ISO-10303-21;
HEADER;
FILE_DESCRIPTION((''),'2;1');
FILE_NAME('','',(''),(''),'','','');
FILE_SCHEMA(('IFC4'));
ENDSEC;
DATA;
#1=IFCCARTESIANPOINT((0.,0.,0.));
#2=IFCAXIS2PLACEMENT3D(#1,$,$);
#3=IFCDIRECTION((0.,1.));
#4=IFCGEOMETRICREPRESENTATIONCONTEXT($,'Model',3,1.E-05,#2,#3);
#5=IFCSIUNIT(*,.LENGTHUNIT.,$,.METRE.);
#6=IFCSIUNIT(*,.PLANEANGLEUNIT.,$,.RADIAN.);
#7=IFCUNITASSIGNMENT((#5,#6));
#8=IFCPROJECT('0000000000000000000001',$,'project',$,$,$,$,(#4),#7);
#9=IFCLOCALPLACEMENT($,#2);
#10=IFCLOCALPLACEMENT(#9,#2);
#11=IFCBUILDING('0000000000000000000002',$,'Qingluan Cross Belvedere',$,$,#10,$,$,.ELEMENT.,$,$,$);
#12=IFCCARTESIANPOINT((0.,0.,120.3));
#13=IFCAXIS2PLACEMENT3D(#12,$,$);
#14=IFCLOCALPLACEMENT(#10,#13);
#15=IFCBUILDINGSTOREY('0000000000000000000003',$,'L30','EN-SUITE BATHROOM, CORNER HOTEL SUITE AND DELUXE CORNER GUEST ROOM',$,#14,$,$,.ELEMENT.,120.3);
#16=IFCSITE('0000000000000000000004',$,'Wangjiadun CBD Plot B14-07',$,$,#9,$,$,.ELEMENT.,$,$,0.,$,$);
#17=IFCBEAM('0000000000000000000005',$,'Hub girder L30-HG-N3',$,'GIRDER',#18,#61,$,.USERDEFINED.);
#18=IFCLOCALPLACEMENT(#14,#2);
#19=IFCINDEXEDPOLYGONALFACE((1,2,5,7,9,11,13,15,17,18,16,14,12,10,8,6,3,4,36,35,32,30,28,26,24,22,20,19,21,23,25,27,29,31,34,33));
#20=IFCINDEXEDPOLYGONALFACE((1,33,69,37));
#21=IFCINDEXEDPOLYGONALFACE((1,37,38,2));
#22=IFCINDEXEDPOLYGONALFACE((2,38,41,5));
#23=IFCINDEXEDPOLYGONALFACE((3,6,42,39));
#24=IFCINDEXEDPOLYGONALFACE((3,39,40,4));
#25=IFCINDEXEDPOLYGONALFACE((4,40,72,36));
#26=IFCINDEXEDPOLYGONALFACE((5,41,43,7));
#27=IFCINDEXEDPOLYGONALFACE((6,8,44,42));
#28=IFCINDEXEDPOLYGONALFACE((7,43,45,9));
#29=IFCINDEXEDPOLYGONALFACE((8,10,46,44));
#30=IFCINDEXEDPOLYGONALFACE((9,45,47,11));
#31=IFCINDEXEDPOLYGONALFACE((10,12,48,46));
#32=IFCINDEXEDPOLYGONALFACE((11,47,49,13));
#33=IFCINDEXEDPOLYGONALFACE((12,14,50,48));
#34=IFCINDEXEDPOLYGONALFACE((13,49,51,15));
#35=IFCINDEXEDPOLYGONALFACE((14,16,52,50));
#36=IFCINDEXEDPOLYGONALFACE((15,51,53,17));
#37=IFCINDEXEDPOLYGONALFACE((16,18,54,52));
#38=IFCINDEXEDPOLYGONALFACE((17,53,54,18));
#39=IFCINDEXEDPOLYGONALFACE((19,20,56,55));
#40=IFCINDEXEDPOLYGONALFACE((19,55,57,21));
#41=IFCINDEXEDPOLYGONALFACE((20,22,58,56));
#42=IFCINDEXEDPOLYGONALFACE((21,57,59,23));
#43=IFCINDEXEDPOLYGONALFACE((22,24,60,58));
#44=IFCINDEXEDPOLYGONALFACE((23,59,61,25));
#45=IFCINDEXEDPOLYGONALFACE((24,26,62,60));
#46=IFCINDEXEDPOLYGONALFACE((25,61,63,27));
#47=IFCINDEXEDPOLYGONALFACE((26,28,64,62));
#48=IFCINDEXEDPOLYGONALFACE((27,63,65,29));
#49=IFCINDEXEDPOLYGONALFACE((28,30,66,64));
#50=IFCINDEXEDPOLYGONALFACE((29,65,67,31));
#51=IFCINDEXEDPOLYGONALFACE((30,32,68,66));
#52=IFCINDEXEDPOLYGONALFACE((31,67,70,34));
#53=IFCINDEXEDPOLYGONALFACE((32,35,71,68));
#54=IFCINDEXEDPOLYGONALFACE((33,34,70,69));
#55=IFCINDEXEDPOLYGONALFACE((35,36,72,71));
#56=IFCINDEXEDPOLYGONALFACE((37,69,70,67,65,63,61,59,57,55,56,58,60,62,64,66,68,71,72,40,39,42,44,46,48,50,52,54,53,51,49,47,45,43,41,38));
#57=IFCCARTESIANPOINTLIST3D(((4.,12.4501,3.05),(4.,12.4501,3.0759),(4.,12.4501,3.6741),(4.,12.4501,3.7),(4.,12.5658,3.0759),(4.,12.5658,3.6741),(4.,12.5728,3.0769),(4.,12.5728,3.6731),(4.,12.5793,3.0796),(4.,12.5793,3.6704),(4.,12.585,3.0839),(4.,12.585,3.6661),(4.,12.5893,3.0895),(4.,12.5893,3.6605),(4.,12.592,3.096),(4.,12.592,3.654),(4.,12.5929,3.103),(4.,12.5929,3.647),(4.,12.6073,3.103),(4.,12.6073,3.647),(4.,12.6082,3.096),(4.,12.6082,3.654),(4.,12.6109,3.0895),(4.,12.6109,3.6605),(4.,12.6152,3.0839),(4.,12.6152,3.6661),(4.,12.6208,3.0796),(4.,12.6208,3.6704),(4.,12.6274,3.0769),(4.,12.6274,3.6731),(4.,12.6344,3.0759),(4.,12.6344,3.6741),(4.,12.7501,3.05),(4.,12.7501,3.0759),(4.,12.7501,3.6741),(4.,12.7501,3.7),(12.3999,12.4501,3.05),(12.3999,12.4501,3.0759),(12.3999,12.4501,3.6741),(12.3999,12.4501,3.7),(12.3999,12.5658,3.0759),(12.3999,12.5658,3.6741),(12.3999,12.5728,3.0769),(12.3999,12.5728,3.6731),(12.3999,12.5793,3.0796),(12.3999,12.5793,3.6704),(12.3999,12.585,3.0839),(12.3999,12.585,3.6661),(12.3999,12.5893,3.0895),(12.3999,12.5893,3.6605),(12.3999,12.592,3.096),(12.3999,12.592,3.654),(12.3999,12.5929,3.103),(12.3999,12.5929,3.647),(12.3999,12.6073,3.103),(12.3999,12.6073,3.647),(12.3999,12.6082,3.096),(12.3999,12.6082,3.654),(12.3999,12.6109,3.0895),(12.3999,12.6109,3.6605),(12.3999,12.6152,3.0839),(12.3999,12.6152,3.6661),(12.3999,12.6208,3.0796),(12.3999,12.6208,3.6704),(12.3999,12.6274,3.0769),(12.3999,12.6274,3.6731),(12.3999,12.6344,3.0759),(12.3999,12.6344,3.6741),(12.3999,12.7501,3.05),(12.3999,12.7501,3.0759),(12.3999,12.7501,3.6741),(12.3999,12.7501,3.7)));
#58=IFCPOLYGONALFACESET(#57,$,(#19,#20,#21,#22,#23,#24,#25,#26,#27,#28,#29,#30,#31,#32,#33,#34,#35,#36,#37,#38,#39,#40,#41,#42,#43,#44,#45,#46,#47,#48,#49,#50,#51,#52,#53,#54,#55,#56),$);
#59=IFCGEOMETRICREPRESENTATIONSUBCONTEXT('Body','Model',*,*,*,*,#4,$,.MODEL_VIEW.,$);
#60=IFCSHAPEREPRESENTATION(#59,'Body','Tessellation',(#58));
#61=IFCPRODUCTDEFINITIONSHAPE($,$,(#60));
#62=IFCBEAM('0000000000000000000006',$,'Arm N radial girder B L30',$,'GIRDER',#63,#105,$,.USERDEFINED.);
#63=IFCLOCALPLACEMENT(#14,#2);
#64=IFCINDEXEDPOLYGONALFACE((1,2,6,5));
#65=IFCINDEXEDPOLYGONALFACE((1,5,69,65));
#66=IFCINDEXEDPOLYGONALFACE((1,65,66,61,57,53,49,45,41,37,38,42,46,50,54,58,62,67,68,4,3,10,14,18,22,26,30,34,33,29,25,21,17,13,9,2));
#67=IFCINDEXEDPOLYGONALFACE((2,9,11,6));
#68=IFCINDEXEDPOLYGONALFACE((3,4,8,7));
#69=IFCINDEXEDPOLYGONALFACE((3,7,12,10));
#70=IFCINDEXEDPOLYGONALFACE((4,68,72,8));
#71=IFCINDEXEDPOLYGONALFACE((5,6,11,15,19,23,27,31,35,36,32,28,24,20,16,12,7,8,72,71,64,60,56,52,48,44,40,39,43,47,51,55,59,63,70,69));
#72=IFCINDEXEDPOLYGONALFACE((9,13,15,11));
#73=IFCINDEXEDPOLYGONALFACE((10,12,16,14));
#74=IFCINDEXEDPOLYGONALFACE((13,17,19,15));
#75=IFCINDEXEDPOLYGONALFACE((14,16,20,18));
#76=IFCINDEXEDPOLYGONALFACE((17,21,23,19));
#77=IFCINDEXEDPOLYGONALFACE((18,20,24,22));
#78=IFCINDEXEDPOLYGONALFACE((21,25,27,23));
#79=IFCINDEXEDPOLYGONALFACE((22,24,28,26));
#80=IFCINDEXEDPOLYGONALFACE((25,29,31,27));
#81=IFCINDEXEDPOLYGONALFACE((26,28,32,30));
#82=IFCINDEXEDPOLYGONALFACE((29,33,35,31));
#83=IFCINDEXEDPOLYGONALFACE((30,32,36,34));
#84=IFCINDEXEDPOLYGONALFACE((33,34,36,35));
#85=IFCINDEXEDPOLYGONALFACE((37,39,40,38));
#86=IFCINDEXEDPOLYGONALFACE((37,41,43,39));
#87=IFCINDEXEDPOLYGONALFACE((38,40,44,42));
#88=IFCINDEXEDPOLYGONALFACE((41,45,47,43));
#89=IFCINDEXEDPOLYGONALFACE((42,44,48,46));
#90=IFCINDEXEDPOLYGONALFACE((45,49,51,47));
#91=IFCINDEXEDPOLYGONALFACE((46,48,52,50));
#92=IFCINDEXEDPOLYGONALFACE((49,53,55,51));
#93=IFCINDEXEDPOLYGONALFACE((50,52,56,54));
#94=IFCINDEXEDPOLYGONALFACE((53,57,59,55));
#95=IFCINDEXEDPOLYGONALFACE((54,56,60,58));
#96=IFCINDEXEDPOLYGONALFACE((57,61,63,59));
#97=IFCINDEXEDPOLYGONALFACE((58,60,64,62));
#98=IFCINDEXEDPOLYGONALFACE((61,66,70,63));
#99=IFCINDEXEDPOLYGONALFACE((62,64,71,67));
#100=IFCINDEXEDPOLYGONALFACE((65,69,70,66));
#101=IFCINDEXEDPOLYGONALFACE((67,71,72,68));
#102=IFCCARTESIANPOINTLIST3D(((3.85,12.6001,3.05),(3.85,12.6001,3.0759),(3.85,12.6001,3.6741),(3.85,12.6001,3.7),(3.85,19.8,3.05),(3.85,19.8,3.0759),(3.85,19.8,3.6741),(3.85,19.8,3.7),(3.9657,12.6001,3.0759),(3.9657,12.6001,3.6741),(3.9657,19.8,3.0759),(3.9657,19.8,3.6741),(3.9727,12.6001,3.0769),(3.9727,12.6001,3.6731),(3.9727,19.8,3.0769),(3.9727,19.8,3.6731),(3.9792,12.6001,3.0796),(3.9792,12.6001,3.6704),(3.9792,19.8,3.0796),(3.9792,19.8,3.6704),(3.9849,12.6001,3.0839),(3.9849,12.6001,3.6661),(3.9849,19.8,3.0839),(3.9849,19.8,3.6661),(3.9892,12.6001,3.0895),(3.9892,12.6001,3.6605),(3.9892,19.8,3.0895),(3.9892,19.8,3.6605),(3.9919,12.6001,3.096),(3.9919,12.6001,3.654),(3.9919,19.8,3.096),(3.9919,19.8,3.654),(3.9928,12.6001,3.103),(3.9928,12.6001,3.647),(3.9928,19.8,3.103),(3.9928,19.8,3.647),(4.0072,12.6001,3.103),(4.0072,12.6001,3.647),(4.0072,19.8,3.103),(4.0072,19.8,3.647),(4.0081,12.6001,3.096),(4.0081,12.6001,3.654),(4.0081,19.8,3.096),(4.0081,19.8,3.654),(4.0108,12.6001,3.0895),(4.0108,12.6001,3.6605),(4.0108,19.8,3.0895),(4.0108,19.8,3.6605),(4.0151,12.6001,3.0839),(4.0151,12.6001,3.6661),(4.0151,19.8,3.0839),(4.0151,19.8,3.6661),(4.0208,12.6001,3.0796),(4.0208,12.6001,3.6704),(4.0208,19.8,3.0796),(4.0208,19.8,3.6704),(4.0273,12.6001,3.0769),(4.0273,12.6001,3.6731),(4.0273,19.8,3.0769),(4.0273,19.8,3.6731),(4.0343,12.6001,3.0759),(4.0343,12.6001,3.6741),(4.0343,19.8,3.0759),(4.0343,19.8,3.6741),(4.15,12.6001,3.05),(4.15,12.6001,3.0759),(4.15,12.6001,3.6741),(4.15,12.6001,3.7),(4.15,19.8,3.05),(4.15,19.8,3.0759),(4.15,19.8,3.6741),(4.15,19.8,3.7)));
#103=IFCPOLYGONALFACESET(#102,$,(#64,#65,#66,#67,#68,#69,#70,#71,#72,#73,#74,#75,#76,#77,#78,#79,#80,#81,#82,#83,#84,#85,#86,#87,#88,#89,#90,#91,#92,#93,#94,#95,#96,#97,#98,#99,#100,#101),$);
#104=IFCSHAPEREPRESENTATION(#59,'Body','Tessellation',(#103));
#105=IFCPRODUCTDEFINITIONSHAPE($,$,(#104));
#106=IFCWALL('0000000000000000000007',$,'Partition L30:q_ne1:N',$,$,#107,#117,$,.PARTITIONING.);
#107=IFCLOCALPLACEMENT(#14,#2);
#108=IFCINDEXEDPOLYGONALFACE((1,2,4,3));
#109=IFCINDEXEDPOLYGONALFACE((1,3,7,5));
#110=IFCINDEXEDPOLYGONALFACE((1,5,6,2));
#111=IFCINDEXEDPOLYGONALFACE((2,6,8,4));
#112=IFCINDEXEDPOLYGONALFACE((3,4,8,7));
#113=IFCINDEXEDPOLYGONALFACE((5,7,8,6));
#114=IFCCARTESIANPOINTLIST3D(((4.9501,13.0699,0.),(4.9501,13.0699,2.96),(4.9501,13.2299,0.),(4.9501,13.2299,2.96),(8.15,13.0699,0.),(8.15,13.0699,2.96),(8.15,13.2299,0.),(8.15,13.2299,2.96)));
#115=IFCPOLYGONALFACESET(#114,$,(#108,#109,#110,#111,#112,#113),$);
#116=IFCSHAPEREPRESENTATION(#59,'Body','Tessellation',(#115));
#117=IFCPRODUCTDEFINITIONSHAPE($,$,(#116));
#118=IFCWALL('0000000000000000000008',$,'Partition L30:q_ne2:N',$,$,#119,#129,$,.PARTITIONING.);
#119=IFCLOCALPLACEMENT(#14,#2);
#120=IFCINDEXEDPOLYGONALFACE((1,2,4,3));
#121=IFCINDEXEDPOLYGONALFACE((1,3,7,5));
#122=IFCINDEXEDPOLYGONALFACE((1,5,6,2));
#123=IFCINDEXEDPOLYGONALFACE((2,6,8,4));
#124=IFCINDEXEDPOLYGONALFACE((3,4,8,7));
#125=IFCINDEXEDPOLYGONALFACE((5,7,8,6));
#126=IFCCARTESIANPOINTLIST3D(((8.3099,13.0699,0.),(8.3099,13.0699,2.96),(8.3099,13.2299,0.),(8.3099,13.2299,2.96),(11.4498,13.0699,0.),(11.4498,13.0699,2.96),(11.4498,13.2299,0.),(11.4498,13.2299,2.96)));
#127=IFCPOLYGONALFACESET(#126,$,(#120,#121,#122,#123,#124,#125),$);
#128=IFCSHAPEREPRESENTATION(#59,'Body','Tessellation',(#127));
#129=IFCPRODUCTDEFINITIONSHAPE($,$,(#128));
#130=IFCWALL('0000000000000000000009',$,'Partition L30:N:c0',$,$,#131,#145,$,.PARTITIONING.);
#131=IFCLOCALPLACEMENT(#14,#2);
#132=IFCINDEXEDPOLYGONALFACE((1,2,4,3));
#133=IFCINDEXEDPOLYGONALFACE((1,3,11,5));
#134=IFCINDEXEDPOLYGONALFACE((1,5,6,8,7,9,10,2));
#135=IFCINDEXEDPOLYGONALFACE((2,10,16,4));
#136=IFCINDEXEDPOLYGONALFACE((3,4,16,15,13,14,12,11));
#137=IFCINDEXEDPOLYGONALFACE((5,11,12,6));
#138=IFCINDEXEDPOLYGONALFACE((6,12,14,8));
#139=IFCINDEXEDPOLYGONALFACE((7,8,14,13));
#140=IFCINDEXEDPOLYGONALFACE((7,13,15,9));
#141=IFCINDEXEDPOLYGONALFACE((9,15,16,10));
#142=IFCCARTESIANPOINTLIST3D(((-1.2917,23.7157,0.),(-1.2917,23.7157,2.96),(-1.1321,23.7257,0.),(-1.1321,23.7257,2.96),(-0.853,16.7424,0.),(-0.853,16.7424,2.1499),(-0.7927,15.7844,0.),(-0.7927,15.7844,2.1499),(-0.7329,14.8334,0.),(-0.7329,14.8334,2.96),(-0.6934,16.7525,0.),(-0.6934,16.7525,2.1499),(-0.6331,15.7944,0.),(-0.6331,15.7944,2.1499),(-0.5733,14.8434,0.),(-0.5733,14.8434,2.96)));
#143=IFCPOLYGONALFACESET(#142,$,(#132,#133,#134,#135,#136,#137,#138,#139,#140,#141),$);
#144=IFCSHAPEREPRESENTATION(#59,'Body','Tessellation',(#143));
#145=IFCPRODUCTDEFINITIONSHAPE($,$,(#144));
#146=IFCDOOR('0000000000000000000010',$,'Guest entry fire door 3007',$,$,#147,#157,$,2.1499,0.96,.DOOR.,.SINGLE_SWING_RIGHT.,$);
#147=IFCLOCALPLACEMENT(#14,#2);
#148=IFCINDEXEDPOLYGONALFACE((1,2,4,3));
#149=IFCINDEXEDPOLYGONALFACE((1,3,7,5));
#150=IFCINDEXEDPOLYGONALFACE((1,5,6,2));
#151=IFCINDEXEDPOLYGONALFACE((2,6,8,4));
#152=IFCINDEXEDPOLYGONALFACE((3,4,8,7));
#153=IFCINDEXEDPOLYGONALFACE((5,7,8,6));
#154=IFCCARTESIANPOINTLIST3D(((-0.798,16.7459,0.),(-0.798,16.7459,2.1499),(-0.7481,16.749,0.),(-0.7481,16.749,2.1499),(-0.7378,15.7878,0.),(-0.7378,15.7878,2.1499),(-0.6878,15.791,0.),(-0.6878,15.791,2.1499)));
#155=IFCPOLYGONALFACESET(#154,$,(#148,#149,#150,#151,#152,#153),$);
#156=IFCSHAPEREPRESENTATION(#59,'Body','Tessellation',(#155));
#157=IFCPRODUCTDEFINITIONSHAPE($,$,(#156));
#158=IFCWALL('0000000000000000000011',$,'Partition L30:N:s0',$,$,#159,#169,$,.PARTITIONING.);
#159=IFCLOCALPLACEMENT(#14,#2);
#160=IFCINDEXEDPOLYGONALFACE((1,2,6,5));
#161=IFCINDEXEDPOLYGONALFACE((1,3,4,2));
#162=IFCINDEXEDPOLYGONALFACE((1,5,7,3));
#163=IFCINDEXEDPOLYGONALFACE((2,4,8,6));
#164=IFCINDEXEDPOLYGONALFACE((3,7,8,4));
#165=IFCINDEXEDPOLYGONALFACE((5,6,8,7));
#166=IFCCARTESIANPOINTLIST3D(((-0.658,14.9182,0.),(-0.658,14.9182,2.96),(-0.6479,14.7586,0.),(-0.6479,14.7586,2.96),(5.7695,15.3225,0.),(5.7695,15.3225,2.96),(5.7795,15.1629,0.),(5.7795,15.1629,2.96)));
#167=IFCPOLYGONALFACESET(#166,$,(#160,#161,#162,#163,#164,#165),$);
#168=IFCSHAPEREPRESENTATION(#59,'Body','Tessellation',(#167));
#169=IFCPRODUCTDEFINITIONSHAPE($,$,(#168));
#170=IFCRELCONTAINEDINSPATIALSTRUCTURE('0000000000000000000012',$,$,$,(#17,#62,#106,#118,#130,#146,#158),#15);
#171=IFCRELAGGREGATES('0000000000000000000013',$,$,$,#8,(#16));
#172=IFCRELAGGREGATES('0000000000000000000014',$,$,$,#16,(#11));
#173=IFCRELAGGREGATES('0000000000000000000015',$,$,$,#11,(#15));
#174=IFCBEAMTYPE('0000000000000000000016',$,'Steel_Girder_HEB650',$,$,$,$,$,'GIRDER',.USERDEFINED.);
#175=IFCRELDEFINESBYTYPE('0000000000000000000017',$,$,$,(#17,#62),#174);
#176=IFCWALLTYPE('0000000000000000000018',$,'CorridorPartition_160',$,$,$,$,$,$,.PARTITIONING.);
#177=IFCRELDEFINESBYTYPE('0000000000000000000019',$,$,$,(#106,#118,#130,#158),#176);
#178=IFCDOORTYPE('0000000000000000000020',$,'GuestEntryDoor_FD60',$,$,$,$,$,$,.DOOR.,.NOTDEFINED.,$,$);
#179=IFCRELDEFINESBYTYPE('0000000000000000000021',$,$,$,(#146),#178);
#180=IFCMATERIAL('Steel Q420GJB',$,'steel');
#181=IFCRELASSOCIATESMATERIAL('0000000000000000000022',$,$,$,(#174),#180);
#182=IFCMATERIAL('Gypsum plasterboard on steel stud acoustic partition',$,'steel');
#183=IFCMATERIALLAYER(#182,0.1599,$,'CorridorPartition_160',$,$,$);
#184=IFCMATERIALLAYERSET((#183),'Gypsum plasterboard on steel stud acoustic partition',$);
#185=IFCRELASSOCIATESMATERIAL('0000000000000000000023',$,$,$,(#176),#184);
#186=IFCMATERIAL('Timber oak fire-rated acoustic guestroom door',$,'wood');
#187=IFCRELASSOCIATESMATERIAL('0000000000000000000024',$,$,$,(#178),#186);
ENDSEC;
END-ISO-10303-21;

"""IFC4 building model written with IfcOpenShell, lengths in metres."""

from ifc_helpers import new_model, si_unit, direction, frame, frame_2d, origin, origin_2d, place, context, subcontext, project, spatial, rectangle, i_section, extrude, material, layer, layer_set, material_profile, profile_set, type_object, element, fill, save


model = new_model("IFC4")

# Units and contexts
model_context = context("Model", 3, precision=1e-05, world=origin(), true_north=direction((0.0, 1.0)))
body_context = subcontext(model_context, "Body", "Model", "MODEL_VIEW")
ifc_project = project(units=[si_unit("LENGTHUNIT", "METRE"), si_unit("PLANEANGLEUNIT", "RADIAN")], contexts=[model_context])

# Site, building, storey
site_placement = place(None, origin())
site = spatial("IfcSite", under=ifc_project, at=site_placement, Name="Wangjiadun CBD Plot B14-07", CompositionType="ELEMENT", RefElevation=0.0)
building_placement = place(site_placement, origin())
building = spatial("IfcBuilding", under=site, at=building_placement, Name="Qingluan Cross Belvedere", CompositionType="ELEMENT")
storey_placement = place(building_placement, frame((0.0, 0.0, 120.3)))
storey = spatial("IfcBuildingStorey", under=building, at=storey_placement, Name="L30", Description="EN-SUITE BATHROOM, CORNER HOTEL SUITE AND DELUXE CORNER GUEST ROOM", CompositionType="ELEMENT", Elevation=120.3)

# Beams
ifc_material_1 = material(Name="Steel Q420GJB", Category="steel")
ifc_material_profile_1 = material_profile(ifc_material_1, i_section(OverallWidth=0.3, OverallDepth=0.6499, WebThickness=0.0144, FlangeThickness=0.0259, FilletRadius=0.0271, at=origin_2d()), Name="HEB650")
ifc_profile_set_1 = profile_set([ifc_material_profile_1], Name="Steel Q420GJB")
beam_type_1 = type_object("IfcBeamType", Name="Steel_Girder_HEB650", ElementType="GIRDER", PredefinedType="USERDEFINED", material=ifc_profile_set_1)
beam_1_placement = place(storey_placement, frame((4.0, 12.6001, 3.375), z_axis=(1.0, 0.0, 0.0), x_axis=(0.0, 1.0, 0.0)))
element("IfcBeam", 1, at=beam_1_placement, inside=storey, type_object=beam_type_1, Name="Hub girder L30-HG-N3", ObjectType="GIRDER", PredefinedType="USERDEFINED", context=body_context, shape_type="SweptSolid", body=[
    extrude(i_section(OverallWidth=0.3, OverallDepth=0.6499, WebThickness=0.0144, FlangeThickness=0.0259, FilletRadius=0.0271, at=origin_2d()), origin(), (0.0, 0.0, 1.0), 8.3999),
])
beam_2_placement = place(storey_placement, frame((4.0, 12.6001, 3.375), z_axis=(0.0, 1.0, 0.0), x_axis=(-1.0, 0.0, 0.0)))
element("IfcBeam", 2, at=beam_2_placement, inside=storey, type_object=beam_type_1, Name="Arm N radial girder B L30", ObjectType="GIRDER", PredefinedType="USERDEFINED", context=body_context, shape_type="SweptSolid", body=[
    extrude(i_section(OverallWidth=0.3, OverallDepth=0.6499, WebThickness=0.0144, FlangeThickness=0.0259, FilletRadius=0.0271, at=origin_2d()), origin(), (0.0, 0.0, 1.0), 7.2),
])

# Walls
ifc_material_2 = material(Name="Gypsum plasterboard on steel stud acoustic partition", Category="steel")
ifc_layer_1 = layer(ifc_material_2, 0.1599, Name="CorridorPartition_160")
ifc_layer_set_1 = layer_set([ifc_layer_1], Name="Gypsum plasterboard on steel stud acoustic partition")
wall_type_1 = type_object("IfcWallType", Name="CorridorPartition_160", PredefinedType="PARTITIONING", material=ifc_layer_set_1)
wall_1_placement = place(storey_placement, frame((4.95, 13.1499, 0.0), z_axis=(0.0, 0.0, 1.0), x_axis=(1.0, 0.0, 0.0)))
element("IfcWall", 3, at=wall_1_placement, inside=storey, type_object=wall_type_1, Name="Partition L30:q_ne1:N", PredefinedType="PARTITIONING", context=body_context, shape_type="SweptSolid", body=[
    extrude(rectangle(XDim=3.2, YDim=0.1599, at=frame_2d((1.6001, 0.0))), origin(), (0.0, 0.0, 1.0), 2.96),
])
wall_2_placement = place(storey_placement, frame((8.3101, 13.1499, 0.0), z_axis=(0.0, 0.0, 1.0), x_axis=(1.0, 0.0, 0.0)))
element("IfcWall", 4, at=wall_2_placement, inside=storey, type_object=wall_type_1, Name="Partition L30:q_ne2:N", PredefinedType="PARTITIONING", context=body_context, shape_type="SweptSolid", body=[
    extrude(rectangle(XDim=3.1399, YDim=0.1599, at=frame_2d((1.5698, 0.0))), origin(), (0.0, 0.0, 1.0), 2.96),
])

# Wall, opening, door
wall_3_placement = place(storey_placement, frame((-0.6531, 14.8384, 0.0), z_axis=(0.0, 0.0, 1.0), x_axis=(-0.062792, 0.998027, 0.0)))
wall_3 = element("IfcWall", 5, at=wall_3_placement, inside=storey, type_object=wall_type_1, Name="Partition L30:N:c0", PredefinedType="PARTITIONING", context=body_context, shape_type="SweptSolid", body=[
    extrude(rectangle(XDim=8.8999, YDim=0.1599, at=frame_2d((4.45, 0.0))), origin(), (0.0, 0.0, 1.0), 2.96),
])
opening_1_placement = place(wall_3_placement, frame((0.9529, 0.0, 0.0)))
opening_1 = element("IfcOpeningElement", 6, at=opening_1_placement, cuts=wall_3, PredefinedType="OPENING", context=body_context, shape_type="SweptSolid", body=[
    extrude(rectangle(XDim=0.96, YDim=2.1499, at=frame_2d((0.48, 1.075))), frame((0.0, 0.0898, 0.0), z_axis=(0.0, -1.0, 0.0), x_axis=(1.0, 0.0, 0.0)), (0.0, 0.0, 1.0), 0.1799),
])
ifc_material_3 = material(Name="Timber oak fire-rated acoustic guestroom door", Category="wood")
door_type = type_object("IfcDoorType", Name="GuestEntryDoor_FD60", OperationType="NOTDEFINED", PredefinedType="DOOR", material=ifc_material_3)
door_1_placement = place(opening_1_placement, origin())
door_1 = element("IfcDoor", 7, at=door_1_placement, inside=storey, type_object=door_type, Name="Guest entry fire door 3007", OperationType="SINGLE_SWING_RIGHT", OverallHeight=2.1499, OverallWidth=0.96, PredefinedType="DOOR", context=body_context, shape_type="SweptSolid", body=[
    extrude(rectangle(XDim=0.96, YDim=2.1499, at=frame_2d((0.48, 1.075))), frame((0.0, 0.0249, 0.0), z_axis=(0.0, -1.0, 0.0), x_axis=(1.0, 0.0, 0.0)), (0.0, 0.0, 1.0), 0.05),
])
fill(opening_1, door_1)

# Wall
wall_4_placement = place(storey_placement, frame((-0.6531, 14.8384, 0.0), z_axis=(0.0, 0.0, 1.0), x_axis=(0.998028, 0.062777, 0.0)))
element("IfcWall", 8, at=wall_4_placement, inside=storey, type_object=wall_type_1, Name="Partition L30:N:s0", PredefinedType="PARTITIONING", context=body_context, shape_type="SweptSolid", body=[
    extrude(rectangle(XDim=6.4402, YDim=0.1599, at=frame_2d((3.2202, 0.0))), origin(), (0.0, 0.0, 1.0), 2.96),
])

save(model, "model.ifc")
